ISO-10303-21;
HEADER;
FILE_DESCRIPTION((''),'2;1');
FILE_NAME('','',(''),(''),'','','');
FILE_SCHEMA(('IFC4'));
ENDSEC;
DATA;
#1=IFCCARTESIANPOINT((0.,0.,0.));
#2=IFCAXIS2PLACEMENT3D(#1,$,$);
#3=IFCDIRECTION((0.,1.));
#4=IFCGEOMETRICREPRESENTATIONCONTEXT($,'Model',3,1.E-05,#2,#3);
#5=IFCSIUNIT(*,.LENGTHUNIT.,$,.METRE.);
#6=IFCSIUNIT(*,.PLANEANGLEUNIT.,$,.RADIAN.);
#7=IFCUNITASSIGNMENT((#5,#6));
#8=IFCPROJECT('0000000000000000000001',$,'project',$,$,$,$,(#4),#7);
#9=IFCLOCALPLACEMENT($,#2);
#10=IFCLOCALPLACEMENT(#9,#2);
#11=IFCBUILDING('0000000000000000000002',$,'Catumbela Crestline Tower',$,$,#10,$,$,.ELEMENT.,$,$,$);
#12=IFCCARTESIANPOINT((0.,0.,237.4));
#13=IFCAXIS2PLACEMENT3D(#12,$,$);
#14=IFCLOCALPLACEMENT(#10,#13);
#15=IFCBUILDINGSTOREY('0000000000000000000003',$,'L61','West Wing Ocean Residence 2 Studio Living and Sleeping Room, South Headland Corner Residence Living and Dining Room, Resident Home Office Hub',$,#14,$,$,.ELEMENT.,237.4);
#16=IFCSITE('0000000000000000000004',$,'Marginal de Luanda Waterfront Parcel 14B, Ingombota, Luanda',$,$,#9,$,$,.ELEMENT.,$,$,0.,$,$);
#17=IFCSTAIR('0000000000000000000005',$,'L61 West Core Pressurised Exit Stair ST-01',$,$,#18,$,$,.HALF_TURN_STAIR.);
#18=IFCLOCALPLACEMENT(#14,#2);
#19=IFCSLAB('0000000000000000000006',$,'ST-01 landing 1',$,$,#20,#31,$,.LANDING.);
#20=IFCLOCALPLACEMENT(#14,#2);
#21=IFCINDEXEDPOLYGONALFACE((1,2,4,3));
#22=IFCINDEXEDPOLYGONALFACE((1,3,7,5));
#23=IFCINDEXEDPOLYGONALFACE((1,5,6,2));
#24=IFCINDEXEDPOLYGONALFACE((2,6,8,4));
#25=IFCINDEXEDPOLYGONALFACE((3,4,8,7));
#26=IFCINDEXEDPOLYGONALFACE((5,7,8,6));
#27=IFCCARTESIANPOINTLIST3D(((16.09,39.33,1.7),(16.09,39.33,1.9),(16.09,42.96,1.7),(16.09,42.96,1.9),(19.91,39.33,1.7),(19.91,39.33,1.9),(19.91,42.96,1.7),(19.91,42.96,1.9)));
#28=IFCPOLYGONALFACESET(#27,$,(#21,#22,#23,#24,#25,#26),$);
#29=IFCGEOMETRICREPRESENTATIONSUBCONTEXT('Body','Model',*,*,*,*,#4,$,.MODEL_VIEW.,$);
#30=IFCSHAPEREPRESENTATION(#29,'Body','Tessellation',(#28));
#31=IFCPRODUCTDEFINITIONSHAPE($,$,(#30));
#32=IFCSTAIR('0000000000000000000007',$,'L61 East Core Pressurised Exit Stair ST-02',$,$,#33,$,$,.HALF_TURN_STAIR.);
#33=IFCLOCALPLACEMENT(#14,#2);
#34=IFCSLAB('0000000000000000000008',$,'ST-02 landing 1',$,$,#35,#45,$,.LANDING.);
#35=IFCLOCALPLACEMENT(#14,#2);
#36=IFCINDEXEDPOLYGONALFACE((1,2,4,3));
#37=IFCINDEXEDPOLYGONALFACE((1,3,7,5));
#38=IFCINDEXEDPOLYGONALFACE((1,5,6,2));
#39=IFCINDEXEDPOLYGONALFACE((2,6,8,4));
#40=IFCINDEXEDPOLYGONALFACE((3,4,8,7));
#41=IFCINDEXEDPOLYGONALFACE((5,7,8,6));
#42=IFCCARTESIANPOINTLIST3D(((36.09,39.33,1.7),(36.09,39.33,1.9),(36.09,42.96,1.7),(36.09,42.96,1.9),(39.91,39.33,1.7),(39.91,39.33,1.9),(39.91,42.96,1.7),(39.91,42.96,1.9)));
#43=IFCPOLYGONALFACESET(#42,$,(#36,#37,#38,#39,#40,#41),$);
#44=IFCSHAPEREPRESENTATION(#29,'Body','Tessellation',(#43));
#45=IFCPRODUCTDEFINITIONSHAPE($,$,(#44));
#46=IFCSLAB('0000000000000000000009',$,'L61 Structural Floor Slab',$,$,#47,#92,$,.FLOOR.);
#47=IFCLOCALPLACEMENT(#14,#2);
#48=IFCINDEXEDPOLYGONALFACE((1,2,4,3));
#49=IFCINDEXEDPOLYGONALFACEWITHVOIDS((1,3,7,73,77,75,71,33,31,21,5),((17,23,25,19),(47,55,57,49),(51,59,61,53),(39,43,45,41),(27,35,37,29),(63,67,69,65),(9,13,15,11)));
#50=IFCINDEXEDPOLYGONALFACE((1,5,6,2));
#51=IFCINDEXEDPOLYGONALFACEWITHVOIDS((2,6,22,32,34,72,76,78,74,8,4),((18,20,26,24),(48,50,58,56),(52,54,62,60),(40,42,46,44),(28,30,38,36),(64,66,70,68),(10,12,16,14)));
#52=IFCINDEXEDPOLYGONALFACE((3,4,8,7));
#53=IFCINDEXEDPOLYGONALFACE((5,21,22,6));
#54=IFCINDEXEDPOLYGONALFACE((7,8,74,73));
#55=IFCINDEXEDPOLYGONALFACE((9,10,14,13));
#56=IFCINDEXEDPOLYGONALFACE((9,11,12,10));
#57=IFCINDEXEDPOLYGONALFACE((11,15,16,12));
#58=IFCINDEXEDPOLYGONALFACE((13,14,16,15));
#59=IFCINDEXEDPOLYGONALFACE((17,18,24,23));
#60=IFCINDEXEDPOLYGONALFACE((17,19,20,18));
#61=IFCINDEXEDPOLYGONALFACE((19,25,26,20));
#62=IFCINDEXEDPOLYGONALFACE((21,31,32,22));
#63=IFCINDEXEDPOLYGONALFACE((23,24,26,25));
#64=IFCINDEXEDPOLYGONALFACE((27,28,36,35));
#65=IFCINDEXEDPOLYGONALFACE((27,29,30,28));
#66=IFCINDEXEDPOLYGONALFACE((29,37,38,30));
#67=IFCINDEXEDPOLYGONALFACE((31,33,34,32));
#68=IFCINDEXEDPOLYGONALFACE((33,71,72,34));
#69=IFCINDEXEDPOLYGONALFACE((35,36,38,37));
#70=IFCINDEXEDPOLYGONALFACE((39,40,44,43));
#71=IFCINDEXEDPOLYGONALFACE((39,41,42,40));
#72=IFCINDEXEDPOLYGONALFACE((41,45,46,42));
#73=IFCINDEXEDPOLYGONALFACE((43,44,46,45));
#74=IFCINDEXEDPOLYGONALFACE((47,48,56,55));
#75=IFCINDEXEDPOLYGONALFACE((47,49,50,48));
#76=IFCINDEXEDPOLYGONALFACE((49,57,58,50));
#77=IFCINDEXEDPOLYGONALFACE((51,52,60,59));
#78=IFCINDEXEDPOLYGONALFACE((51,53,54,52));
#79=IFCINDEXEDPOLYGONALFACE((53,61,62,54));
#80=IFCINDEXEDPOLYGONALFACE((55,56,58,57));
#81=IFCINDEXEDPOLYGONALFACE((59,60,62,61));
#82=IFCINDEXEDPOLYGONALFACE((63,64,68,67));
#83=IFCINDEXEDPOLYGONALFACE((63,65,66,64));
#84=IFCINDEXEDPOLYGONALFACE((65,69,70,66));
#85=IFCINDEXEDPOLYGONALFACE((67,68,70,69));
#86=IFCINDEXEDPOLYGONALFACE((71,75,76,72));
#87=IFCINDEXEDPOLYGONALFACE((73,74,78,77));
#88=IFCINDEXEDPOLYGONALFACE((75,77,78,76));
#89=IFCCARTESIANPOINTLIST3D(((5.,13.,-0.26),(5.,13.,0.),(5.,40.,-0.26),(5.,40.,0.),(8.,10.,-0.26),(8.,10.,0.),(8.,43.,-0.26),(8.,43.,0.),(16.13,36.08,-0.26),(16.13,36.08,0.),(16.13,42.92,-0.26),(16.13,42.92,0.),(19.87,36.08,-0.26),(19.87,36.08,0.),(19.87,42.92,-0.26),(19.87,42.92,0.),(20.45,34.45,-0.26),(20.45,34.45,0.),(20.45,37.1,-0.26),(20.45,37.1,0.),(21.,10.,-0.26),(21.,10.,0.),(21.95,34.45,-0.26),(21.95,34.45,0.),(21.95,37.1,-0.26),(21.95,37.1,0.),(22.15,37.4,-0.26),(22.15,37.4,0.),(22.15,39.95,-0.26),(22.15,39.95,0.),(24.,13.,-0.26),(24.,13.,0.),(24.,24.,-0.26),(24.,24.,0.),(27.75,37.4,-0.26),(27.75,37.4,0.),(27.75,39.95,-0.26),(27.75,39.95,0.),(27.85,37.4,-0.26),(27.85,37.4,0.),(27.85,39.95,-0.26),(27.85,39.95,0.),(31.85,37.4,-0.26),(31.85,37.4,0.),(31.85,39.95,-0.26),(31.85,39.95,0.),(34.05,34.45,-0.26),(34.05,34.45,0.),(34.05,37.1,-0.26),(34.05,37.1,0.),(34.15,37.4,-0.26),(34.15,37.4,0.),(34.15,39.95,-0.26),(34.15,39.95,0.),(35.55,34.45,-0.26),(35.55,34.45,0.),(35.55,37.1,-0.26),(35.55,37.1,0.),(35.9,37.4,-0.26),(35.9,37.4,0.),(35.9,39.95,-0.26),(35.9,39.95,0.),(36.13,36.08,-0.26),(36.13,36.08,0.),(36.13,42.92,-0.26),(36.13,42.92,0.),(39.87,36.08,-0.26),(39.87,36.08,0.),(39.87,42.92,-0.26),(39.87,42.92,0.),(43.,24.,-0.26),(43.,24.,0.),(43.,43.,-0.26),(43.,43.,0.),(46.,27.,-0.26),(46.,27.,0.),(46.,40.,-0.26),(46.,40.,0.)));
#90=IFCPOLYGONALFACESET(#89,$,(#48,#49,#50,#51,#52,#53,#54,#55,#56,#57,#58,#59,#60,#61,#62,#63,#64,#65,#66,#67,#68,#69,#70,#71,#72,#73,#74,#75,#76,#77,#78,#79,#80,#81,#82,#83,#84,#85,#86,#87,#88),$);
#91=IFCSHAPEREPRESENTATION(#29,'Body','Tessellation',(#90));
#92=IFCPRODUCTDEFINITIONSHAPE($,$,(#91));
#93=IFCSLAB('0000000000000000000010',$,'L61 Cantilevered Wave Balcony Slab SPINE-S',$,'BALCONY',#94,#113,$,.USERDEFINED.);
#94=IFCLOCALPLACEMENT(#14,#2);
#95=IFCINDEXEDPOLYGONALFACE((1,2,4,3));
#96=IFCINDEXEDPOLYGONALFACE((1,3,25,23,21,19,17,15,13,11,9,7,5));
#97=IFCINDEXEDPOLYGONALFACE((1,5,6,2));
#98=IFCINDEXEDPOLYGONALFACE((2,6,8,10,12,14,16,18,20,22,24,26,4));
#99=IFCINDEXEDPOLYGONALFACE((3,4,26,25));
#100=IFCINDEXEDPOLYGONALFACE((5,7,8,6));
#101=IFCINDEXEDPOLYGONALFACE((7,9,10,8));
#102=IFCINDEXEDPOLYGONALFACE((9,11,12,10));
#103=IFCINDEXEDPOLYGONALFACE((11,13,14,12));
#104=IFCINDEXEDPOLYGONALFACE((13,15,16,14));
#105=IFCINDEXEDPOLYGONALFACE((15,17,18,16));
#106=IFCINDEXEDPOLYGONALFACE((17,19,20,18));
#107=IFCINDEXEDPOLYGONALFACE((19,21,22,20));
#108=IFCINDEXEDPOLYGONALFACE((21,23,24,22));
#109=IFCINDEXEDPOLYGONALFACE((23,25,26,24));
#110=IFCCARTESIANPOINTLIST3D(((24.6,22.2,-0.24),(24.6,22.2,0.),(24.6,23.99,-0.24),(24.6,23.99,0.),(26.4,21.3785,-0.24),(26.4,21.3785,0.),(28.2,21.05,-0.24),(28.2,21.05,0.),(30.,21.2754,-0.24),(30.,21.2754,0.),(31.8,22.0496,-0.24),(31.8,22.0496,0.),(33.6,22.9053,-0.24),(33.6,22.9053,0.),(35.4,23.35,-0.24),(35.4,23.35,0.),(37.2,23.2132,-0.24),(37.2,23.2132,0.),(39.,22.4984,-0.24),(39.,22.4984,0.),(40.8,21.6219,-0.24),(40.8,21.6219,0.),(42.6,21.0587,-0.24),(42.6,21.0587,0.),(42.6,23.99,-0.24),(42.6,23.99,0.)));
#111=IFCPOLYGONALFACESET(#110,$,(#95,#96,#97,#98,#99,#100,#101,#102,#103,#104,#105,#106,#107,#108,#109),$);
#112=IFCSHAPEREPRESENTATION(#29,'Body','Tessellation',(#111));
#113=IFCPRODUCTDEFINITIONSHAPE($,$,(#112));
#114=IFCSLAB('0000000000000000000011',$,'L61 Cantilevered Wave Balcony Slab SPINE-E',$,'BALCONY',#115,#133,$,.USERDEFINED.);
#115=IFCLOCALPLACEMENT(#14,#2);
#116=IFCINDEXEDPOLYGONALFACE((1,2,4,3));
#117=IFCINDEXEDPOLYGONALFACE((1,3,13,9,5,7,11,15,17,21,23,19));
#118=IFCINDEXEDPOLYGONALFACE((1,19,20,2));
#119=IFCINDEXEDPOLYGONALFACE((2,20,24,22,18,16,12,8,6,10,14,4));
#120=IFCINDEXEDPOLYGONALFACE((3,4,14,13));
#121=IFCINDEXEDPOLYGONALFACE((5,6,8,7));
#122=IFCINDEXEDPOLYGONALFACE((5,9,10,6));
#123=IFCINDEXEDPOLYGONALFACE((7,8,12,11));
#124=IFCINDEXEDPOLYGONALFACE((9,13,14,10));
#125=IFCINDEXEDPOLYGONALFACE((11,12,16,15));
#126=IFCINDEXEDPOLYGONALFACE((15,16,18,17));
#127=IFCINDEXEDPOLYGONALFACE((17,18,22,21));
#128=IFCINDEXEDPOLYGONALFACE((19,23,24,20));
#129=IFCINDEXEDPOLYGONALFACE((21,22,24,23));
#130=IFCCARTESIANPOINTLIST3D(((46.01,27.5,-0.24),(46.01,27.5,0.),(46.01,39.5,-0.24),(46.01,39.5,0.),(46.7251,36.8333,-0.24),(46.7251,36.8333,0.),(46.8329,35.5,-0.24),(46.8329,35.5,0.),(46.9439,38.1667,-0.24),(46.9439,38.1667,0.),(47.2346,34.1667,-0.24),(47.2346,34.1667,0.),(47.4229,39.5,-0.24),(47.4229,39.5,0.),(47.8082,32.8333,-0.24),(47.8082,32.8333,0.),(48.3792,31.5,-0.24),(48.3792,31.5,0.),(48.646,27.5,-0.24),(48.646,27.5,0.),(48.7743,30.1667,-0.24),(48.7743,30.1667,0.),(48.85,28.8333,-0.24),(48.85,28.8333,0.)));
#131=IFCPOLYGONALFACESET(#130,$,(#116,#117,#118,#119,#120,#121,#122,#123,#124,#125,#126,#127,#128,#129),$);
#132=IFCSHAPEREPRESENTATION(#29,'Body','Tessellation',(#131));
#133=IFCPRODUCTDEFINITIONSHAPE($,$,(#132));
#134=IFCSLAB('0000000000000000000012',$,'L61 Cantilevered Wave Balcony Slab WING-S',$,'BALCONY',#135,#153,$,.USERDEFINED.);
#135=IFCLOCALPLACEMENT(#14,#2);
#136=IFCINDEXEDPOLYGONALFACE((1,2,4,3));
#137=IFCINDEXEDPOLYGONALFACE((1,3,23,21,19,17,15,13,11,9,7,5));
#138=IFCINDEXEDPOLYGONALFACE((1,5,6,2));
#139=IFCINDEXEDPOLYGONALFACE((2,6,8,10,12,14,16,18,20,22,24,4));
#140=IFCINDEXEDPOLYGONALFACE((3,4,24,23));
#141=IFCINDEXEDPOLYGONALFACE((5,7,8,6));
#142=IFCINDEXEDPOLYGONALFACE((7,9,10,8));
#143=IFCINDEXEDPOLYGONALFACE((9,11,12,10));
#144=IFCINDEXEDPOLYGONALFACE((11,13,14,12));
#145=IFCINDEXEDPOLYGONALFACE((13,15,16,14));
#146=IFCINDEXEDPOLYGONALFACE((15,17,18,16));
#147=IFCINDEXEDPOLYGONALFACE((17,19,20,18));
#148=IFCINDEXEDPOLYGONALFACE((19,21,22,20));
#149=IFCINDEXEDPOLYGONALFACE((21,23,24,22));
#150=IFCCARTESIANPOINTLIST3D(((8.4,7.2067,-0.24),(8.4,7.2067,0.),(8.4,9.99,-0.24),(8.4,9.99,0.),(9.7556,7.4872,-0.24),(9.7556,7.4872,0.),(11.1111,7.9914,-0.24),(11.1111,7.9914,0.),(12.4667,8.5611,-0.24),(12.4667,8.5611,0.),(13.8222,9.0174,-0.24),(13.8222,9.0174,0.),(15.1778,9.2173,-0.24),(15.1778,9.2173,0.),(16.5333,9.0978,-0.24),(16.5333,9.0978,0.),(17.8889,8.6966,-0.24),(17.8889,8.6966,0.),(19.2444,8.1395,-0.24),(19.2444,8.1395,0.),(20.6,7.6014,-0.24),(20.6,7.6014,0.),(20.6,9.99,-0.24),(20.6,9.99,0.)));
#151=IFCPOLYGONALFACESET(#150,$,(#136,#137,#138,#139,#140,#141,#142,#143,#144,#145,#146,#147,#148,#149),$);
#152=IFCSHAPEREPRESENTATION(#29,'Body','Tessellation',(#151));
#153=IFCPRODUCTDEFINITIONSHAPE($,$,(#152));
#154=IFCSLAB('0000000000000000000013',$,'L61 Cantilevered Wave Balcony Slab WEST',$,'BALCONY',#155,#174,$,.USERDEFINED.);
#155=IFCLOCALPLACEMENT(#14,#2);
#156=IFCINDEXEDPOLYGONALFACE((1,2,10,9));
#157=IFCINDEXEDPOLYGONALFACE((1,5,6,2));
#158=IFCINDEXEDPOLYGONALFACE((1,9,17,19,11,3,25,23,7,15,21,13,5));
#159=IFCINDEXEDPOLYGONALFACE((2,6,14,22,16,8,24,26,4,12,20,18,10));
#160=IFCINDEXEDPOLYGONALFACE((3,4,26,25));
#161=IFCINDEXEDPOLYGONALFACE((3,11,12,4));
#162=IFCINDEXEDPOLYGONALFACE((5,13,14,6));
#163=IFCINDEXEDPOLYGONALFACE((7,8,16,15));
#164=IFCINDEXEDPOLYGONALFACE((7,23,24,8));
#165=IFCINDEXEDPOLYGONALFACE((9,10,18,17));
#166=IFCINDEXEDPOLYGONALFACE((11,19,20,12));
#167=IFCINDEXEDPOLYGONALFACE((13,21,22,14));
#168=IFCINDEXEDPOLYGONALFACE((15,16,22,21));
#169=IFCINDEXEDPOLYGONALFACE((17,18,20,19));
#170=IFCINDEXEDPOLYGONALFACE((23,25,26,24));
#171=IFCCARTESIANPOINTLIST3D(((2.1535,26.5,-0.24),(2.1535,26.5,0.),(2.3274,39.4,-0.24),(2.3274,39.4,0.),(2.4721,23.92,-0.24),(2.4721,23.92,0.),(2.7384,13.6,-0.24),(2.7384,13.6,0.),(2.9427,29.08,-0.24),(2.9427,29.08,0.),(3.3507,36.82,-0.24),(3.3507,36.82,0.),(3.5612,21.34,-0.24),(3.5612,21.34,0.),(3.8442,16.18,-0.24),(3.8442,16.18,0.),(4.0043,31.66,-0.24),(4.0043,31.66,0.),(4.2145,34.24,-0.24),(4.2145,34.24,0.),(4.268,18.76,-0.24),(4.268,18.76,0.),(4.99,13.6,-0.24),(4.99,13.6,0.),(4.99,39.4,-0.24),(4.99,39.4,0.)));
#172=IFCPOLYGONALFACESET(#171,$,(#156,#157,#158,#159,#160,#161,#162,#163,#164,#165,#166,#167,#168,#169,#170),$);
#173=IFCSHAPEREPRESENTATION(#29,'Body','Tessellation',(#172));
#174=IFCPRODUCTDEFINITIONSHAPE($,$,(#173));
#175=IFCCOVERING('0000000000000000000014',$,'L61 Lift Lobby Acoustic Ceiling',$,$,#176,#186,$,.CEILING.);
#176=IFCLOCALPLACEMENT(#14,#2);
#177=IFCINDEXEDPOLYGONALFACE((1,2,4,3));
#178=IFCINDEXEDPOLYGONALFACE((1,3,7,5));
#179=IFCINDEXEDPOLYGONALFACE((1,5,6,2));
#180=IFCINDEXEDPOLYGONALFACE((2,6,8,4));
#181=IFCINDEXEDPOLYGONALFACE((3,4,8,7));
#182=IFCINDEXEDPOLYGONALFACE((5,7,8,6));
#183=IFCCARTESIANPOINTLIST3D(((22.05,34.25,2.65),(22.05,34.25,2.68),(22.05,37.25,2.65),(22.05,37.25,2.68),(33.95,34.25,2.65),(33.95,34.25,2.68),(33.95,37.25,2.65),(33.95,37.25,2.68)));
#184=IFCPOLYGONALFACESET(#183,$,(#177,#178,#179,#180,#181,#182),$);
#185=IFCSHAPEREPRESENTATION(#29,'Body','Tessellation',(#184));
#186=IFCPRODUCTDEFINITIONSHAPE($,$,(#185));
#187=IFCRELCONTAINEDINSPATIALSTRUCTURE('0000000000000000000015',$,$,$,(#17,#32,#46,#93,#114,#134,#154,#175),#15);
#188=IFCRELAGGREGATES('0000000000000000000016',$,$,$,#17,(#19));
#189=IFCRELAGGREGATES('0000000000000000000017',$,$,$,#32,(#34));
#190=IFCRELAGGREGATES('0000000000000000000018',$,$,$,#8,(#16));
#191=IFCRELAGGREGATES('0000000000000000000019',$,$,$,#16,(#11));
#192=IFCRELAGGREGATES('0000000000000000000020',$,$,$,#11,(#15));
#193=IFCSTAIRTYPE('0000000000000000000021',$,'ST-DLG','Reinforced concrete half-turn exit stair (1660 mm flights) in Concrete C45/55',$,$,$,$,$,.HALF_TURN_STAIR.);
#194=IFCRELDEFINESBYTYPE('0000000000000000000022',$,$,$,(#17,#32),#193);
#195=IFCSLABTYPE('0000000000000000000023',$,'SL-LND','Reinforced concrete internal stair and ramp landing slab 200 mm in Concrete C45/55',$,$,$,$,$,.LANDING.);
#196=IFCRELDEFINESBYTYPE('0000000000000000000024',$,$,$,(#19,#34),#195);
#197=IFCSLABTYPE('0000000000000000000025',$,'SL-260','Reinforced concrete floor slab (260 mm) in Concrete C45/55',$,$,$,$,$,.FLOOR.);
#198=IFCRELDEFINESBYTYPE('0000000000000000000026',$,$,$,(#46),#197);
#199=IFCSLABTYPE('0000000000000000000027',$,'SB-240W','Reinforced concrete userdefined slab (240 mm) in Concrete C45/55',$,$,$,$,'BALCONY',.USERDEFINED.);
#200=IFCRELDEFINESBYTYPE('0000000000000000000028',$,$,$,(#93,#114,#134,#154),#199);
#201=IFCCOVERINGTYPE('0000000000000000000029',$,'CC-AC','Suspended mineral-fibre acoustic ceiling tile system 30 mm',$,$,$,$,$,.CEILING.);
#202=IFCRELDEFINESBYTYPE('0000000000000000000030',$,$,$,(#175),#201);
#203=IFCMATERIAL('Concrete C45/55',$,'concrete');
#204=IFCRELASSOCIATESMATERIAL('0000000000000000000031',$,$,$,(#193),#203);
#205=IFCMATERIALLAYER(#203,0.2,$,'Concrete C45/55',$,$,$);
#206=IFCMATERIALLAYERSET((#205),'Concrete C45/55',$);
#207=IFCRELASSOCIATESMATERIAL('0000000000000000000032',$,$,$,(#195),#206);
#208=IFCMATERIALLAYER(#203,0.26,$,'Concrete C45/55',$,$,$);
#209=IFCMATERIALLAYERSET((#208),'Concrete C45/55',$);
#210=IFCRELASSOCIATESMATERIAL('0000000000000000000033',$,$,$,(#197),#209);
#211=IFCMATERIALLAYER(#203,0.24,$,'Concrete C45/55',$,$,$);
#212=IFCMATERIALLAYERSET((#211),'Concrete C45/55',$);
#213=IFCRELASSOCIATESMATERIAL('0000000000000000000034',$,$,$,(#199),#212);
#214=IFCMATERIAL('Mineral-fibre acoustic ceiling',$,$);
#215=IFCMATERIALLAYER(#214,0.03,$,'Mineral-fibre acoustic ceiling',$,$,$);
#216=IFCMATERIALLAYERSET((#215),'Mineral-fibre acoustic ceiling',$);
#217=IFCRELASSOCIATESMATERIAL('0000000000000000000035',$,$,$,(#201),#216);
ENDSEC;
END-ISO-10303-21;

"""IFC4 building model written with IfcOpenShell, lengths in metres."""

from ifc_helpers import new_model, si_unit, direction, frame, origin, place, context, subcontext, project, spatial, polyline, outline, extrude, material, layer, layer_set, type_object, element, aggregate, save


model = new_model("IFC4")

# Units and contexts
model_context = context("Model", 3, precision=1e-05, world=origin(), true_north=direction((0.0, 1.0)))
body_context = subcontext(model_context, "Body", "Model", "MODEL_VIEW")
ifc_project = project(units=[si_unit("LENGTHUNIT", "METRE"), si_unit("PLANEANGLEUNIT", "RADIAN")], contexts=[model_context])

# Site, building, storey
site_placement = place(None, origin())
site = spatial("IfcSite", under=ifc_project, at=site_placement, Name="Marginal de Luanda Waterfront Parcel 14B, Ingombota, Luanda", CompositionType="ELEMENT", RefElevation=0.0)
building_placement = place(site_placement, origin())
building = spatial("IfcBuilding", under=site, at=building_placement, Name="Catumbela Crestline Tower", CompositionType="ELEMENT")
storey_placement = place(building_placement, frame((0.0, 0.0, 237.4)))
storey = spatial("IfcBuildingStorey", under=building, at=storey_placement, Name="L61", Description="West Wing Ocean Residence 2 Studio Living and Sleeping Room, South Headland Corner Residence Living and Dining Room, Resident Home Office Hub", CompositionType="ELEMENT", Elevation=237.4)

# Stairs, slabs
ifc_material_1 = material(Name="Concrete C45/55", Category="concrete")
stair_type = type_object("IfcStairType", Name="ST-DLG", Description="Reinforced concrete half-turn exit stair (1660 mm flights) in Concrete C45/55", PredefinedType="HALF_TURN_STAIR", material=ifc_material_1)
stair_1_placement = place(storey_placement, origin())
stair_1 = element("IfcStair", 1, at=stair_1_placement, inside=storey, type_object=stair_type, Name="L61 West Core Pressurised Exit Stair ST-01", PredefinedType="HALF_TURN_STAIR")
ifc_layer_1 = layer(ifc_material_1, 0.2, Name="Concrete C45/55")
ifc_layer_set_1 = layer_set([ifc_layer_1], Name="Concrete C45/55")
slab_type_1 = type_object("IfcSlabType", Name="SL-LND", Description="Reinforced concrete internal stair and ramp landing slab 200 mm in Concrete C45/55", PredefinedType="LANDING", material=ifc_layer_set_1)
slab_1_placement = place(storey_placement, frame((0.0, 0.0, 1.7)))
slab_1 = element("IfcSlab", 2, at=slab_1_placement, type_object=slab_type_1, Name="ST-01 landing 1", PredefinedType="LANDING", context=body_context, shape_type="SweptSolid", body=[
    extrude(outline(polyline([(19.91, 39.33), (19.91, 42.96), (16.09, 42.96), (16.09, 39.33), (19.91, 39.33)])), origin(), (0.0, 0.0, 1.0), 0.2),
])
aggregate(stair_1, [slab_1])
stair_2_placement = place(storey_placement, origin())
stair_2 = element("IfcStair", 3, at=stair_2_placement, inside=storey, type_object=stair_type, Name="L61 East Core Pressurised Exit Stair ST-02", PredefinedType="HALF_TURN_STAIR")
slab_2_placement = place(storey_placement, frame((0.0, 0.0, 1.7)))
slab_2 = element("IfcSlab", 4, at=slab_2_placement, type_object=slab_type_1, Name="ST-02 landing 1", PredefinedType="LANDING", context=body_context, shape_type="SweptSolid", body=[
    extrude(outline(polyline([(39.91, 39.33), (39.91, 42.96), (36.09, 42.96), (36.09, 39.33), (39.91, 39.33)])), origin(), (0.0, 0.0, 1.0), 0.2),
])
aggregate(stair_2, [slab_2])

# Slabs
ifc_layer_2 = layer(ifc_material_1, 0.26, Name="Concrete C45/55")
ifc_layer_set_2 = layer_set([ifc_layer_2], Name="Concrete C45/55")
slab_type_2 = type_object("IfcSlabType", Name="SL-260", Description="Reinforced concrete floor slab (260 mm) in Concrete C45/55", PredefinedType="FLOOR", material=ifc_layer_set_2)
slab_3_placement = place(storey_placement, frame((0.0, 0.0, -0.26)))
element("IfcSlab", 5, at=slab_3_placement, inside=storey, type_object=slab_type_2, Name="L61 Structural Floor Slab", PredefinedType="FLOOR", context=body_context, shape_type="SweptSolid", body=[
    extrude(outline(polyline([(8.0, 10.0), (21.0, 10.0), (24.0, 13.0), (24.0, 24.0), (43.0, 24.0), (46.0, 27.0), (46.0, 40.0), (43.0, 43.0), (8.0, 43.0), (5.0, 40.0), (5.0, 13.0), (8.0, 10.0)]), holes=[polyline([(16.13, 36.08), (19.87, 36.08), (19.87, 42.92), (16.13, 42.92), (16.13, 36.08)]), polyline([(36.13, 36.08), (39.87, 36.08), (39.87, 42.92), (36.13, 42.92), (36.13, 36.08)]), polyline([(22.15, 37.4), (27.75, 37.4), (27.75, 39.95), (22.15, 39.95), (22.15, 37.4)]), polyline([(27.85, 37.4), (31.85, 37.4), (31.85, 39.95), (27.85, 39.95), (27.85, 37.4)]), polyline([(20.45, 34.45), (21.95, 34.45), (21.95, 37.1), (20.45, 37.1), (20.45, 34.45)]), polyline([(34.05, 34.45), (35.55, 34.45), (35.55, 37.1), (34.05, 37.1), (34.05, 34.45)]), polyline([(34.15, 37.4), (35.9, 37.4), (35.9, 39.95), (34.15, 39.95), (34.15, 37.4)])]), origin(), (0.0, 0.0, 1.0), 0.26),
])
ifc_layer_3 = layer(ifc_material_1, 0.24, Name="Concrete C45/55")
ifc_layer_set_3 = layer_set([ifc_layer_3], Name="Concrete C45/55")
slab_type_3 = type_object("IfcSlabType", Name="SB-240W", Description="Reinforced concrete userdefined slab (240 mm) in Concrete C45/55", ElementType="BALCONY", PredefinedType="USERDEFINED", material=ifc_layer_set_3)
slab_4_placement = place(storey_placement, frame((0.0, 0.0, -0.24)))
element("IfcSlab", 6, at=slab_4_placement, inside=storey, type_object=slab_type_3, Name="L61 Cantilevered Wave Balcony Slab SPINE-S", ObjectType="BALCONY", PredefinedType="USERDEFINED", context=body_context, shape_type="SweptSolid", body=[
    extrude(outline(polyline([(24.6, 22.2), (26.4, 21.3785), (28.2, 21.05), (30.0, 21.2754), (31.8, 22.0496), (33.6, 22.9053), (35.4, 23.35), (37.2, 23.2132), (39.0, 22.4984), (40.8, 21.6219), (42.6, 21.0587), (42.6, 23.99), (24.6, 23.99), (24.6, 22.2)])), origin(), (0.0, 0.0, 1.0), 0.24),
])
slab_5_placement = place(storey_placement, frame((0.0, 0.0, -0.24)))
element("IfcSlab", 7, at=slab_5_placement, inside=storey, type_object=slab_type_3, Name="L61 Cantilevered Wave Balcony Slab SPINE-E", ObjectType="BALCONY", PredefinedType="USERDEFINED", context=body_context, shape_type="SweptSolid", body=[
    extrude(outline(polyline([(46.01, 27.5), (48.646, 27.5), (48.85, 28.8333), (48.7743, 30.1667), (48.3792, 31.5), (47.8082, 32.8333), (47.2346, 34.1667), (46.8329, 35.5), (46.7251, 36.8333), (46.9439, 38.1667), (47.4229, 39.5), (46.01, 39.5), (46.01, 27.5)])), origin(), (0.0, 0.0, 1.0), 0.24),
])
slab_6_placement = place(storey_placement, frame((0.0, 0.0, -0.24)))
element("IfcSlab", 8, at=slab_6_placement, inside=storey, type_object=slab_type_3, Name="L61 Cantilevered Wave Balcony Slab WING-S", ObjectType="BALCONY", PredefinedType="USERDEFINED", context=body_context, shape_type="SweptSolid", body=[
    extrude(outline(polyline([(8.4, 7.2067), (9.7556, 7.4872), (11.1111, 7.9914), (12.4667, 8.5611), (13.8222, 9.0174), (15.1778, 9.2173), (16.5333, 9.0978), (17.8889, 8.6966), (19.2444, 8.1395), (20.6, 7.6014), (20.6, 9.99), (8.4, 9.99), (8.4, 7.2067)])), origin(), (0.0, 0.0, 1.0), 0.24),
])
slab_7_placement = place(storey_placement, frame((0.0, 0.0, -0.24)))
element("IfcSlab", 9, at=slab_7_placement, inside=storey, type_object=slab_type_3, Name="L61 Cantilevered Wave Balcony Slab WEST", ObjectType="BALCONY", PredefinedType="USERDEFINED", context=body_context, shape_type="SweptSolid", body=[
    extrude(outline(polyline([(4.99, 39.4), (2.3274, 39.4), (3.3507, 36.82), (4.2145, 34.24), (4.0043, 31.66), (2.9427, 29.08), (2.1535, 26.5), (2.4721, 23.92), (3.5612, 21.34), (4.268, 18.76), (3.8442, 16.18), (2.7384, 13.6), (4.99, 13.6), (4.99, 39.4)])), origin(), (0.0, 0.0, 1.0), 0.24),
])

# Covering
ifc_material_2 = material(Name="Mineral-fibre acoustic ceiling")
ifc_layer_4 = layer(ifc_material_2, 0.03, Name="Mineral-fibre acoustic ceiling")
ifc_layer_set_4 = layer_set([ifc_layer_4], Name="Mineral-fibre acoustic ceiling")
covering_type_1 = type_object("IfcCoveringType", Name="CC-AC", Description="Suspended mineral-fibre acoustic ceiling tile system 30 mm", PredefinedType="CEILING", material=ifc_layer_set_4)
covering_1_placement = place(storey_placement, frame((0.0, 0.0, 2.65)))
element("IfcCovering", 10, at=covering_1_placement, inside=storey, type_object=covering_type_1, Name="L61 Lift Lobby Acoustic Ceiling", PredefinedType="CEILING", context=body_context, shape_type="SweptSolid", body=[
    extrude(outline(polyline([(22.05, 34.25), (33.95, 34.25), (33.95, 37.25), (22.05, 37.25), (22.05, 34.25)])), origin(), (0.0, 0.0, 1.0), 0.03),
])

save(model, "model.ifc")
